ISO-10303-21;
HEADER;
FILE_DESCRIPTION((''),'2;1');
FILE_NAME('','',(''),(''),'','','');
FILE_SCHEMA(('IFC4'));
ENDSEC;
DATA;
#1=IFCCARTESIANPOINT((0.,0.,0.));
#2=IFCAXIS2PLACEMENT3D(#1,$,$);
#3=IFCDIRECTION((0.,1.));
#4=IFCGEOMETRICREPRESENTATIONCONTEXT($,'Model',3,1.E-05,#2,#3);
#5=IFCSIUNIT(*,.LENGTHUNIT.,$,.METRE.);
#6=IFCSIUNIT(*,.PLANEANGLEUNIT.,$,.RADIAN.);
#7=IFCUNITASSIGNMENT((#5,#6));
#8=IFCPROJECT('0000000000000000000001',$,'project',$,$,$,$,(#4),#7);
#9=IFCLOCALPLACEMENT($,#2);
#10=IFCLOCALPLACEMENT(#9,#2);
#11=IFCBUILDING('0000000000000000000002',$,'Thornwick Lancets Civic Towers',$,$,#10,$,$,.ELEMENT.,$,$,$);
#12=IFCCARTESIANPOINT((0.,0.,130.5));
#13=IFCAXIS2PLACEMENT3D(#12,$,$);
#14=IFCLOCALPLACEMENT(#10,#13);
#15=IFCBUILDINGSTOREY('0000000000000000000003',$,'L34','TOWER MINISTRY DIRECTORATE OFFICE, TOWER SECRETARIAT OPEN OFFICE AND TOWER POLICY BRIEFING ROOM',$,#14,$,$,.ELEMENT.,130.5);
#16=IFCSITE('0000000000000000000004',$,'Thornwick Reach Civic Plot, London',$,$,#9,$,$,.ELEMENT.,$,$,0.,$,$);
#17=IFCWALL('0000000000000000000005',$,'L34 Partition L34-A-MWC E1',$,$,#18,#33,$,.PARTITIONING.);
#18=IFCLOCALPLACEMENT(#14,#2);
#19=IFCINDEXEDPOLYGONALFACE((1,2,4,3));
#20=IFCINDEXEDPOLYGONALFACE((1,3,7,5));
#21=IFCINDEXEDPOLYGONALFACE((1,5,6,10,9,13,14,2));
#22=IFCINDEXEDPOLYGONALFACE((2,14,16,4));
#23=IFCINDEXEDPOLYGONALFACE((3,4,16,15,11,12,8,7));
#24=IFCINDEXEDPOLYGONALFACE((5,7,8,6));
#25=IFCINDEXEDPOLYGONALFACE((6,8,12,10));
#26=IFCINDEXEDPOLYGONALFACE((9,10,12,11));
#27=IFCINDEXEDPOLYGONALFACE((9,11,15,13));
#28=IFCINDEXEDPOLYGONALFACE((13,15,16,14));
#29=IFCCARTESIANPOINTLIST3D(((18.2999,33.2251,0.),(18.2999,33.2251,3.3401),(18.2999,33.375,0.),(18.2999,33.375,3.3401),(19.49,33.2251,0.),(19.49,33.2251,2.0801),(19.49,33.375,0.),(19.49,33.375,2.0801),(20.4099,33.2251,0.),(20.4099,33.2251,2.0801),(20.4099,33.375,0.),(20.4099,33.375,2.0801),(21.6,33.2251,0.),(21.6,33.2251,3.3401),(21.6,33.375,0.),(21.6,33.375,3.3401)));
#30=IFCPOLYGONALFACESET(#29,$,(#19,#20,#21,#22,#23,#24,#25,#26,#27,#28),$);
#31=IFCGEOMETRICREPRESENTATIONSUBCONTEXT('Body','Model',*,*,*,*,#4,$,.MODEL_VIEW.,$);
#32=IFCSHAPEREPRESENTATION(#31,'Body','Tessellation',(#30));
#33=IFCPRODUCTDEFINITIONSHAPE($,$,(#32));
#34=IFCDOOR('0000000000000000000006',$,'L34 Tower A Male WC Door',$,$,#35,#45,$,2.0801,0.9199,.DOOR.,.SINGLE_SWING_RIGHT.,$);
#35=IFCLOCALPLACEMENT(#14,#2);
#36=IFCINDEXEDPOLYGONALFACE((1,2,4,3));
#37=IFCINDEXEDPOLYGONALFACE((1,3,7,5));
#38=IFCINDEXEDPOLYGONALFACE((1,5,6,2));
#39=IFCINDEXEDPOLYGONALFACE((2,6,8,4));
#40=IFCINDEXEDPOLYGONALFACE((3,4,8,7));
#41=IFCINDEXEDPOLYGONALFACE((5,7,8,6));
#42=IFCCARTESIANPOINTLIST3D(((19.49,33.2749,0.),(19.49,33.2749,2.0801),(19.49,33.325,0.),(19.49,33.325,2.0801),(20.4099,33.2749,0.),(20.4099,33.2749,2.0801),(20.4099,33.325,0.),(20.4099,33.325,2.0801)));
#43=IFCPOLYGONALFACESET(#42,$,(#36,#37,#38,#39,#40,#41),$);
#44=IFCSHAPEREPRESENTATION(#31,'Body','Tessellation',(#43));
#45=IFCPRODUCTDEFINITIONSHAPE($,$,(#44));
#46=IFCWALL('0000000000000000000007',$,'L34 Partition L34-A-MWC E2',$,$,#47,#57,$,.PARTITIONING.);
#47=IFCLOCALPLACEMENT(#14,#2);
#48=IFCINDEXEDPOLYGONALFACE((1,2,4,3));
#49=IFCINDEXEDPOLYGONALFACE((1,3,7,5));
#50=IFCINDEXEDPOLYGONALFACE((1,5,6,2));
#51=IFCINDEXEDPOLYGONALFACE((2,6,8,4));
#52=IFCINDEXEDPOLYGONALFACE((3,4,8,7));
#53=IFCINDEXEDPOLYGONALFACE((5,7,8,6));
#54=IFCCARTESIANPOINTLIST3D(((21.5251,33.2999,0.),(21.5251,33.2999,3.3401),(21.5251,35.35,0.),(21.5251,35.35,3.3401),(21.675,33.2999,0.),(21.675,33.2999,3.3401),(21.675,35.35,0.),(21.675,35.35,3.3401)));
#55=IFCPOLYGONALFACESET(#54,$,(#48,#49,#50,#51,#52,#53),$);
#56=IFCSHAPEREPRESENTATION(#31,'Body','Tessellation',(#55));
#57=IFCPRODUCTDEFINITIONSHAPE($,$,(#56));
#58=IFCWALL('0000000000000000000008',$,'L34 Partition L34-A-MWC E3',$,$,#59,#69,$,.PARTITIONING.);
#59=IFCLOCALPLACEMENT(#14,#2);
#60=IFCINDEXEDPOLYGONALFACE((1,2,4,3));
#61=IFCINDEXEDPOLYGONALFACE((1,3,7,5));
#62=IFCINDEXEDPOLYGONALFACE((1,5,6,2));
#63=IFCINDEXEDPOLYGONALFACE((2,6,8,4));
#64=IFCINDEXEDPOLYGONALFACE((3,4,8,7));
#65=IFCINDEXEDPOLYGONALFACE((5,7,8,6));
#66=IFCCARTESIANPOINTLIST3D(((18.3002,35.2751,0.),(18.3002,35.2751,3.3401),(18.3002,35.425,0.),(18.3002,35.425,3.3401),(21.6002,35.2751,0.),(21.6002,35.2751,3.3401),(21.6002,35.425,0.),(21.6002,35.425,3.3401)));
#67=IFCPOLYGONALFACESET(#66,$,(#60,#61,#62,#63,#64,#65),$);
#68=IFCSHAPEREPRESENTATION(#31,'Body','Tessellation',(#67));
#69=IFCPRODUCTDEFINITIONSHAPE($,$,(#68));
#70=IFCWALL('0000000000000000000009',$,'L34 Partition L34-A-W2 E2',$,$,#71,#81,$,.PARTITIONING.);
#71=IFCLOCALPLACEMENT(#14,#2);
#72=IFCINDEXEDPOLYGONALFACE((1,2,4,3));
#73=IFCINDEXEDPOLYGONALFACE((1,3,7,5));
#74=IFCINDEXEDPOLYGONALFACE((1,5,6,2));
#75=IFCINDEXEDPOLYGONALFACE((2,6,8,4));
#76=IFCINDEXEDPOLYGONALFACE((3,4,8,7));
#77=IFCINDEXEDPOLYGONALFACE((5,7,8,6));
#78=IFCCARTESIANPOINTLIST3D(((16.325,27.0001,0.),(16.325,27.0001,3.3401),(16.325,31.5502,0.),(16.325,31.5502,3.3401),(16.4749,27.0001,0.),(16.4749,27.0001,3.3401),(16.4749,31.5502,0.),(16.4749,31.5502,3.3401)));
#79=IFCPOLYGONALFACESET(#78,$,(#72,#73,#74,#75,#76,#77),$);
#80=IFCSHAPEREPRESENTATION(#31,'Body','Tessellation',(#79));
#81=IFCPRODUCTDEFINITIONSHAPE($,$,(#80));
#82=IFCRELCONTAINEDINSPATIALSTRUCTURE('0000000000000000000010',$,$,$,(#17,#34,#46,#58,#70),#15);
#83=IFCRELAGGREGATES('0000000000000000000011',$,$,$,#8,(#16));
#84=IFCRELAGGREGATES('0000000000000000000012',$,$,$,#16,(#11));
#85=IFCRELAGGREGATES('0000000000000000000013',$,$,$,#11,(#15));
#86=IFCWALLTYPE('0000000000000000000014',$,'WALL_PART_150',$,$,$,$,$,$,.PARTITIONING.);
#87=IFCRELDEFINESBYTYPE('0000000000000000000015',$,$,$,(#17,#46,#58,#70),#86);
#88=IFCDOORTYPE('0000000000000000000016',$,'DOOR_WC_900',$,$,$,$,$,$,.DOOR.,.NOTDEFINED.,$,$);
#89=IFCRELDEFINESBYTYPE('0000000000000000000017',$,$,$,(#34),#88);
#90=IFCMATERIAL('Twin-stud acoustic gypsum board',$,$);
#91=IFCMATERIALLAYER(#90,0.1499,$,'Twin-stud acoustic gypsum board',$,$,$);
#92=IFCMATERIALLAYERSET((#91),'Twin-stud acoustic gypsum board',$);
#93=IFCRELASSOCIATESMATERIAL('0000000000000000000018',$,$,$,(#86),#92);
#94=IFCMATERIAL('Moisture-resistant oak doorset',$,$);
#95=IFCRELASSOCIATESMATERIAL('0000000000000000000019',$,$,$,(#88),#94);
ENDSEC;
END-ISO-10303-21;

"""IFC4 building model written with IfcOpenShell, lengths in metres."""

from ifc_helpers import new_model, si_unit, direction, frame, frame_2d, origin, place, context, subcontext, project, spatial, rectangle, extrude, material, layer, layer_set, type_object, element, fill, save


model = new_model("IFC4")

# Units and contexts
model_context = context("Model", 3, precision=1e-05, world=origin(), true_north=direction((0.0, 1.0)))
body_context = subcontext(model_context, "Body", "Model", "MODEL_VIEW")
ifc_project = project(units=[si_unit("LENGTHUNIT", "METRE"), si_unit("PLANEANGLEUNIT", "RADIAN")], contexts=[model_context])

# Site, building, storey
site_placement = place(None, origin())
site = spatial("IfcSite", under=ifc_project, at=site_placement, Name="Thornwick Reach Civic Plot, London", CompositionType="ELEMENT", RefElevation=0.0)
building_placement = place(site_placement, origin())
building = spatial("IfcBuilding", under=site, at=building_placement, Name="Thornwick Lancets Civic Towers", CompositionType="ELEMENT")
storey_placement = place(building_placement, frame((0.0, 0.0, 130.5)))
storey = spatial("IfcBuildingStorey", under=building, at=storey_placement, Name="L34", Description="TOWER MINISTRY DIRECTORATE OFFICE, TOWER SECRETARIAT OPEN OFFICE AND TOWER POLICY BRIEFING ROOM", CompositionType="ELEMENT", Elevation=130.5)

# Wall, opening, door
ifc_material_1 = material(Name="Twin-stud acoustic gypsum board")
ifc_layer_1 = layer(ifc_material_1, 0.1499, Name="Twin-stud acoustic gypsum board")
ifc_layer_set_1 = layer_set([ifc_layer_1], Name="Twin-stud acoustic gypsum board")
wall_type_1 = type_object("IfcWallType", Name="WALL_PART_150", PredefinedType="PARTITIONING", material=ifc_layer_set_1)
wall_1_placement = place(storey_placement, frame((18.3, 33.3, 0.0), z_axis=(0.0, 0.0, 1.0), x_axis=(1.0, 0.0, 0.0)))
wall_1 = element("IfcWall", 1, at=wall_1_placement, inside=storey, type_object=wall_type_1, Name="L34 Partition L34-A-MWC E1", PredefinedType="PARTITIONING", context=body_context, shape_type="SweptSolid", body=[
    extrude(rectangle(XDim=3.3, YDim=0.1499, at=frame_2d((1.6499, 0.0))), origin(), (0.0, 0.0, 1.0), 3.3401),
])
opening_1_placement = place(wall_1_placement, frame((1.1899, 0.0, 0.0)))
opening_1 = element("IfcOpeningElement", 2, at=opening_1_placement, cuts=wall_1, PredefinedType="OPENING", context=body_context, shape_type="SweptSolid", body=[
    extrude(rectangle(XDim=0.9199, YDim=2.0801, at=frame_2d((0.46, 1.04))), frame((0.0, 0.085, 0.0), z_axis=(0.0, -1.0, 0.0), x_axis=(1.0, 0.0, 0.0)), (0.0, 0.0, 1.0), 0.1699),
])
ifc_material_2 = material(Name="Moisture-resistant oak doorset")
door_type_1 = type_object("IfcDoorType", Name="DOOR_WC_900", OperationType="NOTDEFINED", PredefinedType="DOOR", material=ifc_material_2)
door_1_placement = place(opening_1_placement, origin())
door_1 = element("IfcDoor", 3, at=door_1_placement, inside=storey, type_object=door_type_1, Name="L34 Tower A Male WC Door", OperationType="SINGLE_SWING_RIGHT", OverallHeight=2.0801, OverallWidth=0.9199, PredefinedType="DOOR", context=body_context, shape_type="SweptSolid", body=[
    extrude(rectangle(XDim=0.9199, YDim=2.0801, at=frame_2d((0.46, 1.04))), frame((0.0, 0.0249, 0.0), z_axis=(0.0, -1.0, 0.0), x_axis=(1.0, 0.0, 0.0)), (0.0, 0.0, 1.0), 0.05),
])
fill(opening_1, door_1)

# Walls
wall_2_placement = place(storey_placement, frame((21.6001, 33.3, 0.0), z_axis=(0.0, 0.0, 1.0), x_axis=(0.0, 1.0, 0.0)))
element("IfcWall", 4, at=wall_2_placement, inside=storey, type_object=wall_type_1, Name="L34 Partition L34-A-MWC E2", PredefinedType="PARTITIONING", context=body_context, shape_type="SweptSolid", body=[
    extrude(rectangle(XDim=2.05, YDim=0.1499, at=frame_2d((1.0249, 0.0))), origin(), (0.0, 0.0, 1.0), 3.3401),
])
wall_3_placement = place(storey_placement, frame((21.6001, 35.3501, 0.0), z_axis=(0.0, 0.0, 1.0), x_axis=(-1.0, 0.0, 0.0)))
element("IfcWall", 5, at=wall_3_placement, inside=storey, type_object=wall_type_1, Name="L34 Partition L34-A-MWC E3", PredefinedType="PARTITIONING", context=body_context, shape_type="SweptSolid", body=[
    extrude(rectangle(XDim=3.3, YDim=0.1499, at=frame_2d((1.6499, 0.0))), origin(), (0.0, 0.0, 1.0), 3.3401),
])

# Wall
wall_4_placement = place(storey_placement, frame((16.3999, 31.55, 0.0), z_axis=(0.0, 0.0, 1.0), x_axis=(0.0, -1.0, 0.0)))
element("IfcWall", 6, at=wall_4_placement, inside=storey, type_object=wall_type_1, Name="L34 Partition L34-A-W2 E2", PredefinedType="PARTITIONING", context=body_context, shape_type="SweptSolid", body=[
    extrude(rectangle(XDim=4.55, YDim=0.1499, at=frame_2d((2.2749, 0.0))), origin(), (0.0, 0.0, 1.0), 3.3401),
])

save(model, "model.ifc")
